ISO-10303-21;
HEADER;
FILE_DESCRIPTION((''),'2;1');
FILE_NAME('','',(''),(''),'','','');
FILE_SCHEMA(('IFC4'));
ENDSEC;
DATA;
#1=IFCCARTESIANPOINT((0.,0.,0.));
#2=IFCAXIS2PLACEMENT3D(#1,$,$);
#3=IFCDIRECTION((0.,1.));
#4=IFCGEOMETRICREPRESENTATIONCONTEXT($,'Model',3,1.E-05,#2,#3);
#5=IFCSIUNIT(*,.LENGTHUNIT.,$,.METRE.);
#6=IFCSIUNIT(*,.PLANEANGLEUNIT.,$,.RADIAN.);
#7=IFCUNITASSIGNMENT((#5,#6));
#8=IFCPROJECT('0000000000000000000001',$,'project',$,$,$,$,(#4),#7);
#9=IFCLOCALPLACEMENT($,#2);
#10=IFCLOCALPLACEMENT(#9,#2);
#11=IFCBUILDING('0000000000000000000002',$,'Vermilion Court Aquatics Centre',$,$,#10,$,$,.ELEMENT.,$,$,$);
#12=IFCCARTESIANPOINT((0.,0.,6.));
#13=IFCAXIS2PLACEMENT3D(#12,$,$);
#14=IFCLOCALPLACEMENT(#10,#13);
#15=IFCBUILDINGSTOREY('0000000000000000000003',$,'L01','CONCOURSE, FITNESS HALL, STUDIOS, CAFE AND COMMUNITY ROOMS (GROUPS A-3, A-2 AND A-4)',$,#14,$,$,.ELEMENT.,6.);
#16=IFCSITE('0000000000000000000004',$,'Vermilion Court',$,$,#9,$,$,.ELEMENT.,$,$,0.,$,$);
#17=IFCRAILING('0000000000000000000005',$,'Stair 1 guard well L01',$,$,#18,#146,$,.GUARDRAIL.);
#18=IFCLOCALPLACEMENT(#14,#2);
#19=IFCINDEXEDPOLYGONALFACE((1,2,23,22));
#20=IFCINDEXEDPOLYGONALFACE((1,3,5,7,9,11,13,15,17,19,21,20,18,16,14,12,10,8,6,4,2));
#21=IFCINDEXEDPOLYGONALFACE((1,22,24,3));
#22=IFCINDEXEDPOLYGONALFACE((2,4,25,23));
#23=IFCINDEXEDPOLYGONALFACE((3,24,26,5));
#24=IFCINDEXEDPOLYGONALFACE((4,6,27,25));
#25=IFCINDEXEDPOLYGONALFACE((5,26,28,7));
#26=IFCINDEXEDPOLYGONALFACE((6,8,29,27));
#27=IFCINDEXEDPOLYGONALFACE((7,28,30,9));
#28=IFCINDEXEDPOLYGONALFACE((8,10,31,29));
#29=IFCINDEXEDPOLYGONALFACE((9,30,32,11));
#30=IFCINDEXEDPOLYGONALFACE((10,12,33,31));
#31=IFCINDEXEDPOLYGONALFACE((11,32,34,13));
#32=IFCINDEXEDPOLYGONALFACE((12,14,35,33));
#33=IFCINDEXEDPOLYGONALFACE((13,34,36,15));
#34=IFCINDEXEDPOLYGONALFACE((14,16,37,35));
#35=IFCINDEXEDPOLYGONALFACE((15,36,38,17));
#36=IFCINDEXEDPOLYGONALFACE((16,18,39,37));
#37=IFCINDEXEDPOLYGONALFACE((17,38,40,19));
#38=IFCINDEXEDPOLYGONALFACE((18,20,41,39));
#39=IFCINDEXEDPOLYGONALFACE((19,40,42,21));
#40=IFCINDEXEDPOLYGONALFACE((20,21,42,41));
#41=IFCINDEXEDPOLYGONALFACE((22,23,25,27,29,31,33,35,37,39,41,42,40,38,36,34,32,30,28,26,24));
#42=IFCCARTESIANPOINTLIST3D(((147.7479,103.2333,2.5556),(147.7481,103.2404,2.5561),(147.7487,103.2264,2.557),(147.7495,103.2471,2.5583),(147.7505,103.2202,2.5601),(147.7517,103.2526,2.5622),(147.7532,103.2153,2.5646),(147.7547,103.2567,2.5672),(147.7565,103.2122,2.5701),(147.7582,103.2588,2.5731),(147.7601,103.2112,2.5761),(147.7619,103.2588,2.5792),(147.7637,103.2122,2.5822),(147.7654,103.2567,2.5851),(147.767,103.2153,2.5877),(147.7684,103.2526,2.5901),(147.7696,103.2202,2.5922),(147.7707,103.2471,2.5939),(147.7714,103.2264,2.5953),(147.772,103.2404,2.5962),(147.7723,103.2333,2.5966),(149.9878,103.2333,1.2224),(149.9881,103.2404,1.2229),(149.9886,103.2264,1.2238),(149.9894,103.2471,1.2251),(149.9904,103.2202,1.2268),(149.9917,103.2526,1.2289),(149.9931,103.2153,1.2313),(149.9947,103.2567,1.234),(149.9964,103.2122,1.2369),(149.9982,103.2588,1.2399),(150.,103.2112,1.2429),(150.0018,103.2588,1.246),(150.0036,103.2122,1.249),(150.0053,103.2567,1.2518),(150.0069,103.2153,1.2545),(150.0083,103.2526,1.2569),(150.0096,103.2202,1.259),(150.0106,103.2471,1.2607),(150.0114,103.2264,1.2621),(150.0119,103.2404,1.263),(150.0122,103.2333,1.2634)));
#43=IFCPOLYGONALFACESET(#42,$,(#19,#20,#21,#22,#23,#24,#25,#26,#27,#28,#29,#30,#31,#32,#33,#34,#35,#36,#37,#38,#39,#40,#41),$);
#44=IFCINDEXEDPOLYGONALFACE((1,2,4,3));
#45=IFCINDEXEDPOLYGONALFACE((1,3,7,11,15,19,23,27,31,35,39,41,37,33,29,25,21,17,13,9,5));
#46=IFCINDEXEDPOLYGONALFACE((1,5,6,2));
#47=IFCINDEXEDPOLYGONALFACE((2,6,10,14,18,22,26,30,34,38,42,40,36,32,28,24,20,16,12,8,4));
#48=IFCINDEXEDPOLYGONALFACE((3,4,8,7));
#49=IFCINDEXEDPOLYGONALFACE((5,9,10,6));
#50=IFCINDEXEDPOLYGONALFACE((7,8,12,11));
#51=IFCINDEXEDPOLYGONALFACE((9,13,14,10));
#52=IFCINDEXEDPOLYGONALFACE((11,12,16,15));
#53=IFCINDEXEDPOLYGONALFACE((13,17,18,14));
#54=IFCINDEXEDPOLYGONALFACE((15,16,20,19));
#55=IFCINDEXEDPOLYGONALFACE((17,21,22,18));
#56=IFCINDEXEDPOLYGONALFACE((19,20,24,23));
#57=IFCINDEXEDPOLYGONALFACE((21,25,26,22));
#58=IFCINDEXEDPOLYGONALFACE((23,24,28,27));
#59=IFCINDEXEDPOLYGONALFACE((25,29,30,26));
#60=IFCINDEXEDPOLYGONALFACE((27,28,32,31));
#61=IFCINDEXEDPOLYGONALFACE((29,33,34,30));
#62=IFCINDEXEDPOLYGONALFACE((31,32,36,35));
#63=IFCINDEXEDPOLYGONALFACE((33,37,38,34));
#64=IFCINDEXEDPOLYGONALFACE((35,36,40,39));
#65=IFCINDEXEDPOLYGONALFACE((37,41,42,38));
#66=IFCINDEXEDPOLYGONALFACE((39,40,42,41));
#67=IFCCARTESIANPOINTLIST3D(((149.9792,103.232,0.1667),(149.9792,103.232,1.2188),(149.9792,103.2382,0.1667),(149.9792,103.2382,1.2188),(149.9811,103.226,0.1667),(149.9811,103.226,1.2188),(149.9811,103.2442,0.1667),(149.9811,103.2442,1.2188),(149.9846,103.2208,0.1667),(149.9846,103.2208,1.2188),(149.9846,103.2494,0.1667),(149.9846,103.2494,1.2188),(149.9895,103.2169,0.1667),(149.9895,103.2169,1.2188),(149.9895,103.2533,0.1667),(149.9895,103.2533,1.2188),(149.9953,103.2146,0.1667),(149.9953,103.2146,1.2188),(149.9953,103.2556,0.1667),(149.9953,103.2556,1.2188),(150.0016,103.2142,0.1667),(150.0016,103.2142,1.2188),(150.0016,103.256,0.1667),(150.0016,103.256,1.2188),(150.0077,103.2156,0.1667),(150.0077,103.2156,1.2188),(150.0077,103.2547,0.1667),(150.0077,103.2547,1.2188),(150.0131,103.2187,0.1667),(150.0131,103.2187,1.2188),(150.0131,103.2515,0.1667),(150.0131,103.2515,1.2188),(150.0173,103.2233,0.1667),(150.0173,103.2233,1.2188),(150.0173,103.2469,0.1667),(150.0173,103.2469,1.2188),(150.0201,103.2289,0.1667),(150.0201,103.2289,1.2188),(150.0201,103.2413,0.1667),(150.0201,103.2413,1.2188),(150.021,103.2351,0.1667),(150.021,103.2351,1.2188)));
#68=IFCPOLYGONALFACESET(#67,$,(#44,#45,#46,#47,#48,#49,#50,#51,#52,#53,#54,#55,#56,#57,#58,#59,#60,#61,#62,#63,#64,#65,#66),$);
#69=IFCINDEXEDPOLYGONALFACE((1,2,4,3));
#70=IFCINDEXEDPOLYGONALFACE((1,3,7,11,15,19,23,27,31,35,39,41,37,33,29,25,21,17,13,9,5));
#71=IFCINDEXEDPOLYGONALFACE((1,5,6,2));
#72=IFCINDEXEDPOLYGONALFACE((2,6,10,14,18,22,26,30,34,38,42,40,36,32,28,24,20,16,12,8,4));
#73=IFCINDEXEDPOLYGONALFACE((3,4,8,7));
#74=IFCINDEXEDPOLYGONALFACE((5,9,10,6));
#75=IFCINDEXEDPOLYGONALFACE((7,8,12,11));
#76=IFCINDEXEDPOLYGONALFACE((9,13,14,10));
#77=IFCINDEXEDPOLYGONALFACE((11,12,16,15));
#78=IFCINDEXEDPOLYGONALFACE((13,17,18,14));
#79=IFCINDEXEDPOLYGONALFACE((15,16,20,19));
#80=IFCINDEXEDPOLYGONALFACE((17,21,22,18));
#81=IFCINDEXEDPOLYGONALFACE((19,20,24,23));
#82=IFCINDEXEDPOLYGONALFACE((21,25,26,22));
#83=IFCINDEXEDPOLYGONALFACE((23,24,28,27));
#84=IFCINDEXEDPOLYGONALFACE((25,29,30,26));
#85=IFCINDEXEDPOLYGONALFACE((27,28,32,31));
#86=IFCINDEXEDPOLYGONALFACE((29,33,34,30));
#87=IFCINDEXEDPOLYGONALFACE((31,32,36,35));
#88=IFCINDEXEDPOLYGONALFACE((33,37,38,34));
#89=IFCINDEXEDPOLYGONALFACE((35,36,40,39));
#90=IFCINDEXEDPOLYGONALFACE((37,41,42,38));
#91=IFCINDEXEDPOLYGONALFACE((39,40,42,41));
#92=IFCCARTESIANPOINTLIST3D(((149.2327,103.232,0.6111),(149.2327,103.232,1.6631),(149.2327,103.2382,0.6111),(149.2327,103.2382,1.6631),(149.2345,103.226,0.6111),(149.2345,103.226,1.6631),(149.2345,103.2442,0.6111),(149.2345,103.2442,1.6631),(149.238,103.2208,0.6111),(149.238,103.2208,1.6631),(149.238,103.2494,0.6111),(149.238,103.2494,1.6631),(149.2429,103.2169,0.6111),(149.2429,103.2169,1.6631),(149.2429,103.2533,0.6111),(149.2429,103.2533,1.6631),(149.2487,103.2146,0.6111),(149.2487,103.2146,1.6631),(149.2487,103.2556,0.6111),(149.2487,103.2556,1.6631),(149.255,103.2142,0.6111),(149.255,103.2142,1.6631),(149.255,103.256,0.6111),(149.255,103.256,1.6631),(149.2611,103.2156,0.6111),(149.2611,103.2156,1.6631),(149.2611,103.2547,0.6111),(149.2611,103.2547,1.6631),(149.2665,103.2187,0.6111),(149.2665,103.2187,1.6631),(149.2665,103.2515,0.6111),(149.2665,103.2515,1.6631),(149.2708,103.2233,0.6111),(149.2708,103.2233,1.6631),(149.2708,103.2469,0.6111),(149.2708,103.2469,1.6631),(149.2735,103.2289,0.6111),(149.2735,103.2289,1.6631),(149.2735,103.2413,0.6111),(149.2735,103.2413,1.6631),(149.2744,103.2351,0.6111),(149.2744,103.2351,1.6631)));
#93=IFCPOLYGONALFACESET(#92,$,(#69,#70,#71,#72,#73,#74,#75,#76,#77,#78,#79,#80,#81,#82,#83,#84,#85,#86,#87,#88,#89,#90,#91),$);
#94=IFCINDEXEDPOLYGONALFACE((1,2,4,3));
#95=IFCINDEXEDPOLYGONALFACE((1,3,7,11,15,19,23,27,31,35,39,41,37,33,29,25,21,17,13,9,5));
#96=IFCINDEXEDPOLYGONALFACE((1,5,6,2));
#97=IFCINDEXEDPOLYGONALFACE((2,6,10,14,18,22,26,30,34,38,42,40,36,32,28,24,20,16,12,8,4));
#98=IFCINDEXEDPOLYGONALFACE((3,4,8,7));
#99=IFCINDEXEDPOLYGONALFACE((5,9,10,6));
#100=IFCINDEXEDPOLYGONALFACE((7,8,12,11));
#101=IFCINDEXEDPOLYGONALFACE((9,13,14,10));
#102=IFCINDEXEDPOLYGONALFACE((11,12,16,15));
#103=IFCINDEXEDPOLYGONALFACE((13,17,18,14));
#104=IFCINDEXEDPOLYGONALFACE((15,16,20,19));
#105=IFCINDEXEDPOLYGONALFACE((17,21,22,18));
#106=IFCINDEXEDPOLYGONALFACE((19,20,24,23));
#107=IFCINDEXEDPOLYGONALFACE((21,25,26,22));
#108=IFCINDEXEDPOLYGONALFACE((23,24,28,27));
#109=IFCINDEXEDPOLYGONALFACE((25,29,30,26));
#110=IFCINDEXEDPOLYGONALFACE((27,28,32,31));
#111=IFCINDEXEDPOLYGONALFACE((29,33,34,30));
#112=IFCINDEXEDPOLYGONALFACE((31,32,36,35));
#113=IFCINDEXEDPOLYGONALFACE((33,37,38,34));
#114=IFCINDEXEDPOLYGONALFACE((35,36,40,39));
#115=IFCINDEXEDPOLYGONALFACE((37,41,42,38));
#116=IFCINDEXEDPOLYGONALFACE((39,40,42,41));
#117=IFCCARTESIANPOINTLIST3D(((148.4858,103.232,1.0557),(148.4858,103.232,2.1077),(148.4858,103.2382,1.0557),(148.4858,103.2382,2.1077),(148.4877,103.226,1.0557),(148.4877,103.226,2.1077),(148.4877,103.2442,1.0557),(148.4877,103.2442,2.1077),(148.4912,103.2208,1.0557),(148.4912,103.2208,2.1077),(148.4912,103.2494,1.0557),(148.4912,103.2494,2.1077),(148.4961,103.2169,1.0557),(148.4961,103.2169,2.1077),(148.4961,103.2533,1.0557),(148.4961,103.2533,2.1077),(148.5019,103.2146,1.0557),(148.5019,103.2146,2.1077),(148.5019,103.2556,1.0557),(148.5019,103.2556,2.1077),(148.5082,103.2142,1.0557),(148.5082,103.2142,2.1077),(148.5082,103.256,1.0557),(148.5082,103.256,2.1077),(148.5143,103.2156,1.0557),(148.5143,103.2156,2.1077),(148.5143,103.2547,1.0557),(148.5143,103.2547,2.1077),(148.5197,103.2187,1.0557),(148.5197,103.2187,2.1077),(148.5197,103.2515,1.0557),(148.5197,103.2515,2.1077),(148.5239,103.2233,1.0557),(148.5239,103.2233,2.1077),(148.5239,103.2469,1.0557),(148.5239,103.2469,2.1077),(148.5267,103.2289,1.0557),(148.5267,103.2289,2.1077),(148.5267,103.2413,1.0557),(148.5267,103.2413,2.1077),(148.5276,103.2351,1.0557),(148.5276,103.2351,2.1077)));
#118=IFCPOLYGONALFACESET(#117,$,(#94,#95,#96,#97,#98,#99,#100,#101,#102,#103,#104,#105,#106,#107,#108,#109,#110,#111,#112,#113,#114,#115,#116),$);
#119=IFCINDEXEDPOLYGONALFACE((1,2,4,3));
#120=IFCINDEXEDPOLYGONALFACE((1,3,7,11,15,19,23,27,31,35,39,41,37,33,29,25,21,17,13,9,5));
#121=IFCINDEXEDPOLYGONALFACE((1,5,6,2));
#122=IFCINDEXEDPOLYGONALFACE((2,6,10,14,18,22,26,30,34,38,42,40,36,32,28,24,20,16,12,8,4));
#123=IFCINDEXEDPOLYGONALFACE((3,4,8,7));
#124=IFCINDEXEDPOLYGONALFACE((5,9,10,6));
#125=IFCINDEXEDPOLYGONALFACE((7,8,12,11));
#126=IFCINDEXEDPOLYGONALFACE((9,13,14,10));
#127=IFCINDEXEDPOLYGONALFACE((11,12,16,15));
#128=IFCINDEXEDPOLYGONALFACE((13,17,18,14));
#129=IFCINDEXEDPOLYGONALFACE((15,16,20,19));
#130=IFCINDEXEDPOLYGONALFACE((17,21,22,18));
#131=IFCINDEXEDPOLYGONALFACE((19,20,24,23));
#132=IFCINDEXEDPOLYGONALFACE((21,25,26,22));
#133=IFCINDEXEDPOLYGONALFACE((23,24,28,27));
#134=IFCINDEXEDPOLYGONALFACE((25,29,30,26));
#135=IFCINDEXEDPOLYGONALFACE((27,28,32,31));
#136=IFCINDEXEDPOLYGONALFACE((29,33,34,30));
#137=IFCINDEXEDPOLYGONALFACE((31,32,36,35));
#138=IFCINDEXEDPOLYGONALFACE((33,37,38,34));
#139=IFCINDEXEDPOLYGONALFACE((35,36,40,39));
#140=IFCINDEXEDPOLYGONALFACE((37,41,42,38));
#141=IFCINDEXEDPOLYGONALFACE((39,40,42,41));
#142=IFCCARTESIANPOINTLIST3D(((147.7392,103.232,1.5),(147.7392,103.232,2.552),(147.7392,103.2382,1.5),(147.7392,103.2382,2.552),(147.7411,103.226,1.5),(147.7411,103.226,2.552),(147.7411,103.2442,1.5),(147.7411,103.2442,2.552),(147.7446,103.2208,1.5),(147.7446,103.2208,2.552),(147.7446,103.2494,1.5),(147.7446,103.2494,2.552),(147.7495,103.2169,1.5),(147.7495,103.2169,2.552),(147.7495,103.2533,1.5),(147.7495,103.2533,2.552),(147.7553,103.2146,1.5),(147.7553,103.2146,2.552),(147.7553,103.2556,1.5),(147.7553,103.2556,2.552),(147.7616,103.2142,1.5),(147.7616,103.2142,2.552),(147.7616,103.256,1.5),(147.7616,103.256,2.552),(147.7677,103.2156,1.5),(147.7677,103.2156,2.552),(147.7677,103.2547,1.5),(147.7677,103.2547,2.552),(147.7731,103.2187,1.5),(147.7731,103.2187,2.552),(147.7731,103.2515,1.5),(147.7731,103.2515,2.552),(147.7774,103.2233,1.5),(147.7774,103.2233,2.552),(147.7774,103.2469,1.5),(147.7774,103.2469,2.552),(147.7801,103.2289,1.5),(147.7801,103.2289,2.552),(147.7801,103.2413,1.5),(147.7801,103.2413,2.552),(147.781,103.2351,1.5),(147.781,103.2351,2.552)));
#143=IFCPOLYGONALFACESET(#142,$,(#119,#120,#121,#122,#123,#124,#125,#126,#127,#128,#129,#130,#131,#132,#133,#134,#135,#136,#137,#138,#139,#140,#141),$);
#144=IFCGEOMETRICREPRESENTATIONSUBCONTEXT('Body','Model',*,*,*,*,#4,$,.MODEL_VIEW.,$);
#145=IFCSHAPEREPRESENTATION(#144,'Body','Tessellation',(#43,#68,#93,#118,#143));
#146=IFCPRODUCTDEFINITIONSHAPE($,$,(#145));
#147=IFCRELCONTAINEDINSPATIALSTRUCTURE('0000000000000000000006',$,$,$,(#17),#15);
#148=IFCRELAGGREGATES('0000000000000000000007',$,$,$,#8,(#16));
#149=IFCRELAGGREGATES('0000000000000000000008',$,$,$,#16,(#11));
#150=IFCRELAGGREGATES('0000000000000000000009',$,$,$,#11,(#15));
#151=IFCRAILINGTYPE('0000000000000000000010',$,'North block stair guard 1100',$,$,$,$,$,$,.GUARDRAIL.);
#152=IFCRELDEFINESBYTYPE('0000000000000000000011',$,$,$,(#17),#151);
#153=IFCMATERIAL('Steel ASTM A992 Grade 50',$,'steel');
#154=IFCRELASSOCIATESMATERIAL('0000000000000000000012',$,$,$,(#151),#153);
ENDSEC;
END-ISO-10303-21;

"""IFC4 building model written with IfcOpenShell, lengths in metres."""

from ifc_helpers import new_model, si_unit, direction, frame, origin, origin_2d, place, context, subcontext, project, spatial, circle, extrude, material, type_object, element, save


model = new_model("IFC4")

# Units and contexts
model_context = context("Model", 3, precision=1e-05, world=origin(), true_north=direction((0.0, 1.0)))
body_context = subcontext(model_context, "Body", "Model", "MODEL_VIEW")
ifc_project = project(units=[si_unit("LENGTHUNIT", "METRE"), si_unit("PLANEANGLEUNIT", "RADIAN")], contexts=[model_context])

# Site, building, storey
site_placement = place(None, origin())
site = spatial("IfcSite", under=ifc_project, at=site_placement, Name="Vermilion Court", CompositionType="ELEMENT", RefElevation=0.0)
building_placement = place(site_placement, origin())
building = spatial("IfcBuilding", under=site, at=building_placement, Name="Vermilion Court Aquatics Centre", CompositionType="ELEMENT")
storey_placement = place(building_placement, frame((0.0, 0.0, 6.0)))
storey = spatial("IfcBuildingStorey", under=building, at=storey_placement, Name="L01", Description="CONCOURSE, FITNESS HALL, STUDIOS, CAFE AND COMMUNITY ROOMS (GROUPS A-3, A-2 AND A-4)", CompositionType="ELEMENT", Elevation=6.0)

# Railing
ifc_material_1 = material(Name="Steel ASTM A992 Grade 50", Category="steel")
railing_type_1 = type_object("IfcRailingType", Name="North block stair guard 1100", PredefinedType="GUARDRAIL", material=ifc_material_1)
for number, where, name in (
    (1, (150.0, 103.2351, 0.1667), "Stair 1 guard well L01"),
):
    element("IfcRailing", number, at=place(storey_placement, frame(where)), inside=storey, type_object=railing_type_1, Name=name, PredefinedType="GUARDRAIL", context=body_context, shape_type="SweptSolid", body=[
        extrude(circle(Radius=0.0239, at=origin_2d()), frame((0.0, 0.0, 1.0762), z_axis=(-0.859306, 0.0, 0.511462), x_axis=(0.0, -1.0, 0.0)), (0.0, 0.0, 1.0), 2.6067),
        extrude(circle(Radius=0.021, at=origin_2d()), origin(), (0.0, 0.0, 1.0), 1.052),
        extrude(circle(Radius=0.021, at=origin_2d()), frame((-0.7466, 0.0, 0.4443)), (0.0, 0.0, 1.0), 1.052),
        extrude(circle(Radius=0.021, at=origin_2d()), frame((-1.4934, 0.0, 0.8889)), (0.0, 0.0, 1.0), 1.052),
        extrude(circle(Radius=0.021, at=origin_2d()), frame((-2.24, 0.0, 1.3333)), (0.0, 0.0, 1.0), 1.052),
    ])

save(model, "model.ifc")
